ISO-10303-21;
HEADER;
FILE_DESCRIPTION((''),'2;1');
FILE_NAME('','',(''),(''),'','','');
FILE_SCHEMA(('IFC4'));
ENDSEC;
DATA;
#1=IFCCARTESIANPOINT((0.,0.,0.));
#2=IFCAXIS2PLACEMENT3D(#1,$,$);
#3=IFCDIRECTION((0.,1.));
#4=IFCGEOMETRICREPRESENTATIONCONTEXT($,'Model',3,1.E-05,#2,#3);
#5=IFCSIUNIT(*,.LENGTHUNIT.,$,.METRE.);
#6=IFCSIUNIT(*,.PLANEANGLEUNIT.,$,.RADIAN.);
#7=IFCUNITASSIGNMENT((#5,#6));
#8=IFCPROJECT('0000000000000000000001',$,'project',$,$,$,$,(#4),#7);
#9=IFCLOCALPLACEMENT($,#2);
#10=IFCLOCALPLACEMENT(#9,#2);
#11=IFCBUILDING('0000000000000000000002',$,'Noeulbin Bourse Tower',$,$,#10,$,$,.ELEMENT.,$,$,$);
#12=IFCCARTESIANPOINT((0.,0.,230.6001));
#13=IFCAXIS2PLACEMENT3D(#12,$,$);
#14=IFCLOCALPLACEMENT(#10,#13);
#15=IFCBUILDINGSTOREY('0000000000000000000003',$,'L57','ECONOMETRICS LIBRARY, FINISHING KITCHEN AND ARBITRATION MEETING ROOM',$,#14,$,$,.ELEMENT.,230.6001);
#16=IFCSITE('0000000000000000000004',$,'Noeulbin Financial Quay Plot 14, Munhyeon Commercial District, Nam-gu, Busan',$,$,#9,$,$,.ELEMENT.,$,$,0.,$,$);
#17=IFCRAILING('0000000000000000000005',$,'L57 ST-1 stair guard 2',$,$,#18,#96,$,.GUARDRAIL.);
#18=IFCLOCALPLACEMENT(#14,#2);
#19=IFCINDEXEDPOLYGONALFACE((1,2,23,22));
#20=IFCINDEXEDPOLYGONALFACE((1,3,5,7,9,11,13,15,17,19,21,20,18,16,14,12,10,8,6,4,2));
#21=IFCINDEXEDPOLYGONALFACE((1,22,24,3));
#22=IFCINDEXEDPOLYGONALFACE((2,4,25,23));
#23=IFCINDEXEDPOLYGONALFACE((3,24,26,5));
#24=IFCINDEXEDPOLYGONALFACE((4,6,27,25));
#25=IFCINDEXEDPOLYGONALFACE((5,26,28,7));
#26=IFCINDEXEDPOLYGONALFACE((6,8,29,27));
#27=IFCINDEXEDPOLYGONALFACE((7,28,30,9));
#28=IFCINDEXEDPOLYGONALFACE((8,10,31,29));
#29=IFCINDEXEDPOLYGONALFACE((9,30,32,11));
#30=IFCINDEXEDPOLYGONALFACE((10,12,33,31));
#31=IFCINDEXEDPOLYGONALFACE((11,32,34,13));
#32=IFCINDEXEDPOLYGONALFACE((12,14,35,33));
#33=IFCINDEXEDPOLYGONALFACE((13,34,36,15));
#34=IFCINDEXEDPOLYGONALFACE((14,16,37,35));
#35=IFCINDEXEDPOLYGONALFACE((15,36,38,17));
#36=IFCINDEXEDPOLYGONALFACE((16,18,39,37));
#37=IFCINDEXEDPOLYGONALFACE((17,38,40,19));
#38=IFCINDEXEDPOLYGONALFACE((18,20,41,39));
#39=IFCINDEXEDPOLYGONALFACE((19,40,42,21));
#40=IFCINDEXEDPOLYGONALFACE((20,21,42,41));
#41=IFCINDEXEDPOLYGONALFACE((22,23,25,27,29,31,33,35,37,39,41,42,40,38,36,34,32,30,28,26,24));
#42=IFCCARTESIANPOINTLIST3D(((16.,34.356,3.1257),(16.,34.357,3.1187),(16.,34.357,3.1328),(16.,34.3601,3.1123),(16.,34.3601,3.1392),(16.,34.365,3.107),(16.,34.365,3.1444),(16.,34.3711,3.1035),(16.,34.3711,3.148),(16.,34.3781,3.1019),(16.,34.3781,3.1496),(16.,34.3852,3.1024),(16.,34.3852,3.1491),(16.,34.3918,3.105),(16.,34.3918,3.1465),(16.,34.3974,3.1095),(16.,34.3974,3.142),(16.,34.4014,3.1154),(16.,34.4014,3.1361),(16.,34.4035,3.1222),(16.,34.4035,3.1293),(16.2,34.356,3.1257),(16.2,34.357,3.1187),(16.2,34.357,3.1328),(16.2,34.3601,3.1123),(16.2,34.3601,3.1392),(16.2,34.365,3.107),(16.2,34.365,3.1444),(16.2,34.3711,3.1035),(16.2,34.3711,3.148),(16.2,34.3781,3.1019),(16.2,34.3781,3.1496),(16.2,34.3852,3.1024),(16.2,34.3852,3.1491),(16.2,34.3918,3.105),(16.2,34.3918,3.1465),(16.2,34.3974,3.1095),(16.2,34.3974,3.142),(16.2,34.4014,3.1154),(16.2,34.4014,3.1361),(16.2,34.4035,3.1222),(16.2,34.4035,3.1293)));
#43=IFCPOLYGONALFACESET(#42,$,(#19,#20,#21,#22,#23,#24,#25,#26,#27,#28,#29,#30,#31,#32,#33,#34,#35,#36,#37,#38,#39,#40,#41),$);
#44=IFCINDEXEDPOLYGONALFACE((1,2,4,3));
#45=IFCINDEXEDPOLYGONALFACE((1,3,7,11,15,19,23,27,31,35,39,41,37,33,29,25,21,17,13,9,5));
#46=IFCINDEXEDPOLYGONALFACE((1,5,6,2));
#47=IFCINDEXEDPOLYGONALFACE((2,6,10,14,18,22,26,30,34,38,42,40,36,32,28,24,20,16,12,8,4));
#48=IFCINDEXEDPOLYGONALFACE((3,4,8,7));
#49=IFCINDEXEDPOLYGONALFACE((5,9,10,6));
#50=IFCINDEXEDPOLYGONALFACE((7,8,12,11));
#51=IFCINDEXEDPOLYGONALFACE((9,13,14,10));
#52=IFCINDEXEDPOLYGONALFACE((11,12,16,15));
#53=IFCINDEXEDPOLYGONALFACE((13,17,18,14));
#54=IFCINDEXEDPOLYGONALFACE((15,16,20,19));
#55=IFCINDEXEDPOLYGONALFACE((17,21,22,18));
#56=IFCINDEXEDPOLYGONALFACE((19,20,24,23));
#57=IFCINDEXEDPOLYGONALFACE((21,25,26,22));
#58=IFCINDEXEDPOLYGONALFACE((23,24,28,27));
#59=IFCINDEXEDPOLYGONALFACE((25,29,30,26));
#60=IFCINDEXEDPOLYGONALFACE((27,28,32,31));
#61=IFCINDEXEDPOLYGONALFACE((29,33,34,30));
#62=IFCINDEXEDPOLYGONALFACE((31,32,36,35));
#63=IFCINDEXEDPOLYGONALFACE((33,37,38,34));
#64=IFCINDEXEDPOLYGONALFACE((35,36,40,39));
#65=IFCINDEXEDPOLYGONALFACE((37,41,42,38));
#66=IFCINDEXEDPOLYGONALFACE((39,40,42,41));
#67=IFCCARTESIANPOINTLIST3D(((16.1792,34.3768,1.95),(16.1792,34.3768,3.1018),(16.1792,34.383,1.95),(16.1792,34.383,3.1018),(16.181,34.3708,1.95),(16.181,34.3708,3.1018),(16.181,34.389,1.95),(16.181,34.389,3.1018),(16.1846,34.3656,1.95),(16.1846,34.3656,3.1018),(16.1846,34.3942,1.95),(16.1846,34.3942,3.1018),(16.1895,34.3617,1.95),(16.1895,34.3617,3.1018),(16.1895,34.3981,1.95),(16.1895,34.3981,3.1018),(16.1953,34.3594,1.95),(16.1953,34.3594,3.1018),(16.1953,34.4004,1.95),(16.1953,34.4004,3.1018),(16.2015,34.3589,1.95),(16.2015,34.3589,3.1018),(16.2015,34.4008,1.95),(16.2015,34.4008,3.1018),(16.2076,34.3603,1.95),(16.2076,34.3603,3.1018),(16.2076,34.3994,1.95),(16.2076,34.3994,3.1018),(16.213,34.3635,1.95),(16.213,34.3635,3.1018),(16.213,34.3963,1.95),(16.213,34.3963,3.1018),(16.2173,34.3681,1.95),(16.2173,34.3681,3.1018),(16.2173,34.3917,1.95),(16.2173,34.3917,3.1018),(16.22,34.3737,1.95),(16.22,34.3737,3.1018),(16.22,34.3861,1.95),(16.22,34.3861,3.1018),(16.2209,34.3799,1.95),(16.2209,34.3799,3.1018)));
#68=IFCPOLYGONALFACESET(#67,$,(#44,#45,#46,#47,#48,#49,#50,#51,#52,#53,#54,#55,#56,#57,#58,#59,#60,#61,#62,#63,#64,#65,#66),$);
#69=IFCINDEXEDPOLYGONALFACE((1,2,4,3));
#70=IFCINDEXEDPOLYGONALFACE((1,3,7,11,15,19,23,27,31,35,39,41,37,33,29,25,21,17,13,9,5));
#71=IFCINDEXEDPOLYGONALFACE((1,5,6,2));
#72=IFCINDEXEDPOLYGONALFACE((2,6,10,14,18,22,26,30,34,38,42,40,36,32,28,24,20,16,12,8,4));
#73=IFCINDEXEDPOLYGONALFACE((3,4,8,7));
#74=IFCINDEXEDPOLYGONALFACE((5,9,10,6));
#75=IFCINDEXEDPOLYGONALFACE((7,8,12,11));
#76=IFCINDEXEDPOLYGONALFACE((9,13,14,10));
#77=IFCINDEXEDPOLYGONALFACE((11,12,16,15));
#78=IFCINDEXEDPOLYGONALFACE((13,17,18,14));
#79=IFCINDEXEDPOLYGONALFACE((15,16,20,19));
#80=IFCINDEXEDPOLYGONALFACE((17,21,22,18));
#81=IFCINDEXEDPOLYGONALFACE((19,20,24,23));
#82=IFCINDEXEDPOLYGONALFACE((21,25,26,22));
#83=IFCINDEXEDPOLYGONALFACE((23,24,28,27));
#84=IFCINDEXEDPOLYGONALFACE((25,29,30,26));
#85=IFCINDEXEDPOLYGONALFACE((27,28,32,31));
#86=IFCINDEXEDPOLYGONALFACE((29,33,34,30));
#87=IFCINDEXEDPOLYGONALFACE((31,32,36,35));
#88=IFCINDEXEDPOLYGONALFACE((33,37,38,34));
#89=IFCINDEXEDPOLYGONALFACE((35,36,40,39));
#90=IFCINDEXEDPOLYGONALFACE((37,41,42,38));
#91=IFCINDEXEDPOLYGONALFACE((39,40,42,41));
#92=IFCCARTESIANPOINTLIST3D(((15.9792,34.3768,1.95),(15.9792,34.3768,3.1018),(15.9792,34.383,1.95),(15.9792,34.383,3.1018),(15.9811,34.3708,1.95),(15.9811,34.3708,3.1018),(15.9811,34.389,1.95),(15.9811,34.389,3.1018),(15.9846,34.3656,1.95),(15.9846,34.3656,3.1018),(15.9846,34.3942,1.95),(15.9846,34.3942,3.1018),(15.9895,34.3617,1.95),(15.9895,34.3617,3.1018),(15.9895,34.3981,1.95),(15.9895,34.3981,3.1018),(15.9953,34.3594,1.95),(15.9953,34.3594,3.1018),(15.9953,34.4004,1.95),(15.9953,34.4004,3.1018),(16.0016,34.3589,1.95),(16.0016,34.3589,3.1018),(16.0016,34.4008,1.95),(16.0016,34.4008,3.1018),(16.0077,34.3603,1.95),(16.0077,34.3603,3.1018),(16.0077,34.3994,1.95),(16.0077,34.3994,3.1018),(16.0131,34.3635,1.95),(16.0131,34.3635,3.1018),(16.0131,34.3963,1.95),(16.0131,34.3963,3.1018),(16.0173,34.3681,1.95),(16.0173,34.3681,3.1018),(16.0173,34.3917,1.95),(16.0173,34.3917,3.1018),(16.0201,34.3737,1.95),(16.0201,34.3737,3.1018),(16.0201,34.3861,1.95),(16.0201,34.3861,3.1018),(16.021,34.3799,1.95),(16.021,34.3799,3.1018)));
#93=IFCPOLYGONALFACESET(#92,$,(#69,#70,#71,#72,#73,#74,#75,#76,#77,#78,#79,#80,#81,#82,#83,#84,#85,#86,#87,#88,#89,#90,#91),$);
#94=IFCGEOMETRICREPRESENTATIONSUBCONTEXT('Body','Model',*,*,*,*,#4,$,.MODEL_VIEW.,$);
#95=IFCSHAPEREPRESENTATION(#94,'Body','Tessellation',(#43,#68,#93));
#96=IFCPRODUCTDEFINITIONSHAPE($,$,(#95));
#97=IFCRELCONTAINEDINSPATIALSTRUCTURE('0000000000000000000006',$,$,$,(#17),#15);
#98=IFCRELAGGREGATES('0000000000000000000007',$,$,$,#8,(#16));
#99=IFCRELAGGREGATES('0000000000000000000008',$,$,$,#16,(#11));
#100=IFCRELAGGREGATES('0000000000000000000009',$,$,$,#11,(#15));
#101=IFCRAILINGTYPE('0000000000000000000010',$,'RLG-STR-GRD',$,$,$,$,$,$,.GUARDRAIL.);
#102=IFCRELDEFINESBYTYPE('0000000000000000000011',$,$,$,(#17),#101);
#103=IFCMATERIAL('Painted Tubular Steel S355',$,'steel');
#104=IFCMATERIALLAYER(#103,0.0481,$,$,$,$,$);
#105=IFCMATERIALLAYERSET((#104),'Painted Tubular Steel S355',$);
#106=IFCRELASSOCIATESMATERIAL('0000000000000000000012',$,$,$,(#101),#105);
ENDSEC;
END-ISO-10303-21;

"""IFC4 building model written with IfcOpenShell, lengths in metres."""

from ifc_helpers import new_model, si_unit, direction, frame, origin, origin_2d, place, context, subcontext, project, spatial, circle, extrude, material, layer, layer_set, type_object, element, save


model = new_model("IFC4")

# Units and contexts
model_context = context("Model", 3, precision=1e-05, world=origin(), true_north=direction((0.0, 1.0)))
body_context = subcontext(model_context, "Body", "Model", "MODEL_VIEW")
ifc_project = project(units=[si_unit("LENGTHUNIT", "METRE"), si_unit("PLANEANGLEUNIT", "RADIAN")], contexts=[model_context])

# Site, building, storey
site_placement = place(None, origin())
site = spatial("IfcSite", under=ifc_project, at=site_placement, Name="Noeulbin Financial Quay Plot 14, Munhyeon Commercial District, Nam-gu, Busan", CompositionType="ELEMENT", RefElevation=0.0)
building_placement = place(site_placement, origin())
building = spatial("IfcBuilding", under=site, at=building_placement, Name="Noeulbin Bourse Tower", CompositionType="ELEMENT")
storey_placement = place(building_placement, frame((0.0, 0.0, 230.6001)))
storey = spatial("IfcBuildingStorey", under=building, at=storey_placement, Name="L57", Description="ECONOMETRICS LIBRARY, FINISHING KITCHEN AND ARBITRATION MEETING ROOM", CompositionType="ELEMENT", Elevation=230.6001)

# Railing
ifc_material_1 = material(Name="Painted Tubular Steel S355", Category="steel")
ifc_layer_1 = layer(ifc_material_1, 0.0481)
ifc_layer_set_1 = layer_set([ifc_layer_1], Name="Painted Tubular Steel S355")
railing_type_1 = type_object("IfcRailingType", Name="RLG-STR-GRD", PredefinedType="GUARDRAIL", material=ifc_layer_set_1)
railing_1_placement = place(storey_placement, frame((16.2, 34.3799, 1.95)))
element("IfcRailing", 1, at=railing_1_placement, inside=storey, type_object=railing_type_1, Name="L57 ST-1 stair guard 2", PredefinedType="GUARDRAIL", context=body_context, shape_type="SweptSolid", body=[
    extrude(circle(Radius=0.0239, at=origin_2d()), frame((0.0, 0.0, 1.1758), z_axis=(-1.0, 0.0, 0.0), x_axis=(0.0, -1.0, 0.0)), (0.0, 0.0, 1.0), 0.2),
    extrude(circle(Radius=0.021, at=origin_2d()), origin(), (0.0, 0.0, 1.0), 1.1519),
    extrude(circle(Radius=0.021, at=origin_2d()), frame((-0.2, 0.0, 0.0)), (0.0, 0.0, 1.0), 1.1519),
])

save(model, "model.ifc")
